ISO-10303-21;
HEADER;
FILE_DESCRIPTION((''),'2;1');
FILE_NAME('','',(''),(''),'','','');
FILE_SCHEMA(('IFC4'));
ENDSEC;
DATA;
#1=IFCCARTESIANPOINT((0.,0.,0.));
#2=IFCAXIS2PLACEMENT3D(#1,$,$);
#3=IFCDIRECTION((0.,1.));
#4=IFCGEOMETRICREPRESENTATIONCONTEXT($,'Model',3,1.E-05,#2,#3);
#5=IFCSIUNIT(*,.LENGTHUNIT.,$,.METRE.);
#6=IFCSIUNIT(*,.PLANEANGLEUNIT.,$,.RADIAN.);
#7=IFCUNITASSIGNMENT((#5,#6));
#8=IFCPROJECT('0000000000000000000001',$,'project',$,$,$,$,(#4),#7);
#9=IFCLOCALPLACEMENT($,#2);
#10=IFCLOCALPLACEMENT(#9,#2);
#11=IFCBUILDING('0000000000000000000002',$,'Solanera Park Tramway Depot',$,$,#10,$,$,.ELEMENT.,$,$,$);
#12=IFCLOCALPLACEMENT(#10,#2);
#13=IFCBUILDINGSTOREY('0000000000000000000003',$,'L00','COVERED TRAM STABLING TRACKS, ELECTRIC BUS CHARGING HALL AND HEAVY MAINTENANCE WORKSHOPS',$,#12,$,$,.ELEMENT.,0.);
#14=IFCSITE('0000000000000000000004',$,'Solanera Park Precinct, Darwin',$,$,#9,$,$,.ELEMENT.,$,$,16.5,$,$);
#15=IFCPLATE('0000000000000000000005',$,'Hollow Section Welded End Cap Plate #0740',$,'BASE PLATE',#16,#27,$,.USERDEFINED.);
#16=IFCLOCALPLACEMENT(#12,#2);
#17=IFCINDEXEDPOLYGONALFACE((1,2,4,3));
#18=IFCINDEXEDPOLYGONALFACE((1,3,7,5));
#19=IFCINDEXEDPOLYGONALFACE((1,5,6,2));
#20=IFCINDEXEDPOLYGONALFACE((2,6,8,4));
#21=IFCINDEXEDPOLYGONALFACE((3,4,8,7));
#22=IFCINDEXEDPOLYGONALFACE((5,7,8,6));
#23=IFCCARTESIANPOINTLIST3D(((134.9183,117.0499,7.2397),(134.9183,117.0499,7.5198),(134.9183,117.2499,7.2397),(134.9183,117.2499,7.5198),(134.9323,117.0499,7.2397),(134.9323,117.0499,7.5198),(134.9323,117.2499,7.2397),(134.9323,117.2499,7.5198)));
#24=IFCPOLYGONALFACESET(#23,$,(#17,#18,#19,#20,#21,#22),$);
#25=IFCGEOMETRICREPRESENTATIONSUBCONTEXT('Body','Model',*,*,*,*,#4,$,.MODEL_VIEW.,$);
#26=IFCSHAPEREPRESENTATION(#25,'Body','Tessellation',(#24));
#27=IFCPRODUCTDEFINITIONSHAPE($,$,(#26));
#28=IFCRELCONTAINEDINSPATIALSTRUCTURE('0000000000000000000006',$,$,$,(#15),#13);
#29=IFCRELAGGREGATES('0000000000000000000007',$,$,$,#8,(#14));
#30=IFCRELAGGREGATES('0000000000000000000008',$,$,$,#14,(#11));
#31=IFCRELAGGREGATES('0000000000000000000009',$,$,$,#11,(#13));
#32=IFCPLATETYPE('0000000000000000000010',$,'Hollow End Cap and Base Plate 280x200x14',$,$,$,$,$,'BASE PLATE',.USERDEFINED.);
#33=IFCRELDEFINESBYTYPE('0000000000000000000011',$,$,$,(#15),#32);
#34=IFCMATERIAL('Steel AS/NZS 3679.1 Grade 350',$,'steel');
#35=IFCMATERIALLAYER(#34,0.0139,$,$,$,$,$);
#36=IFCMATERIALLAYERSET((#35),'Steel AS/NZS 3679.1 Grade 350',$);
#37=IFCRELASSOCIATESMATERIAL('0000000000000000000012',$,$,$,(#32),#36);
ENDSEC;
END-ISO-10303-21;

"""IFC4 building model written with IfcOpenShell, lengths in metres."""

from ifc_helpers import new_model, si_unit, direction, frame, origin, origin_2d, place, context, subcontext, project, spatial, rectangle, extrude, material, layer, layer_set, type_object, element, save


model = new_model("IFC4")

# Units and contexts
model_context = context("Model", 3, precision=1e-05, world=origin(), true_north=direction((0.0, 1.0)))
body_context = subcontext(model_context, "Body", "Model", "MODEL_VIEW")
ifc_project = project(units=[si_unit("LENGTHUNIT", "METRE"), si_unit("PLANEANGLEUNIT", "RADIAN")], contexts=[model_context])

# Site, building, storey
site_placement = place(None, origin())
site = spatial("IfcSite", under=ifc_project, at=site_placement, Name="Solanera Park Precinct, Darwin", CompositionType="ELEMENT", RefElevation=16.5)
building_placement = place(site_placement, origin())
building = spatial("IfcBuilding", under=site, at=building_placement, Name="Solanera Park Tramway Depot", CompositionType="ELEMENT")
storey_placement = place(building_placement, origin())
storey = spatial("IfcBuildingStorey", under=building, at=storey_placement, Name="L00", Description="COVERED TRAM STABLING TRACKS, ELECTRIC BUS CHARGING HALL AND HEAVY MAINTENANCE WORKSHOPS", CompositionType="ELEMENT", Elevation=0.0)

# Plate
ifc_material_1 = material(Name="Steel AS/NZS 3679.1 Grade 350", Category="steel")
ifc_layer_1 = layer(ifc_material_1, 0.0139)
ifc_layer_set_1 = layer_set([ifc_layer_1], Name="Steel AS/NZS 3679.1 Grade 350")
plate_type_1 = type_object("IfcPlateType", Name="Hollow End Cap and Base Plate 280x200x14", ElementType="BASE PLATE", PredefinedType="USERDEFINED", material=ifc_layer_set_1)
for number, where, z_axis, x_axis, name in (
    (1, (134.9253, 117.1499, 7.2397), (0.0, 0.0, 1.0), (1.0, 0.0, 0.0), "Hollow Section Welded End Cap Plate #0740"),
):
    element("IfcPlate", number, at=place(storey_placement, frame(where, z_axis=z_axis, x_axis=x_axis)), inside=storey, type_object=plate_type_1, Name=name, ObjectType="BASE PLATE", PredefinedType="USERDEFINED", context=body_context, shape_type="SweptSolid", body=[
        extrude(rectangle(XDim=0.0139, YDim=0.2, at=origin_2d()), origin(), (0.0, 0.0, 1.0), 0.28),
    ])

save(model, "model.ifc")
